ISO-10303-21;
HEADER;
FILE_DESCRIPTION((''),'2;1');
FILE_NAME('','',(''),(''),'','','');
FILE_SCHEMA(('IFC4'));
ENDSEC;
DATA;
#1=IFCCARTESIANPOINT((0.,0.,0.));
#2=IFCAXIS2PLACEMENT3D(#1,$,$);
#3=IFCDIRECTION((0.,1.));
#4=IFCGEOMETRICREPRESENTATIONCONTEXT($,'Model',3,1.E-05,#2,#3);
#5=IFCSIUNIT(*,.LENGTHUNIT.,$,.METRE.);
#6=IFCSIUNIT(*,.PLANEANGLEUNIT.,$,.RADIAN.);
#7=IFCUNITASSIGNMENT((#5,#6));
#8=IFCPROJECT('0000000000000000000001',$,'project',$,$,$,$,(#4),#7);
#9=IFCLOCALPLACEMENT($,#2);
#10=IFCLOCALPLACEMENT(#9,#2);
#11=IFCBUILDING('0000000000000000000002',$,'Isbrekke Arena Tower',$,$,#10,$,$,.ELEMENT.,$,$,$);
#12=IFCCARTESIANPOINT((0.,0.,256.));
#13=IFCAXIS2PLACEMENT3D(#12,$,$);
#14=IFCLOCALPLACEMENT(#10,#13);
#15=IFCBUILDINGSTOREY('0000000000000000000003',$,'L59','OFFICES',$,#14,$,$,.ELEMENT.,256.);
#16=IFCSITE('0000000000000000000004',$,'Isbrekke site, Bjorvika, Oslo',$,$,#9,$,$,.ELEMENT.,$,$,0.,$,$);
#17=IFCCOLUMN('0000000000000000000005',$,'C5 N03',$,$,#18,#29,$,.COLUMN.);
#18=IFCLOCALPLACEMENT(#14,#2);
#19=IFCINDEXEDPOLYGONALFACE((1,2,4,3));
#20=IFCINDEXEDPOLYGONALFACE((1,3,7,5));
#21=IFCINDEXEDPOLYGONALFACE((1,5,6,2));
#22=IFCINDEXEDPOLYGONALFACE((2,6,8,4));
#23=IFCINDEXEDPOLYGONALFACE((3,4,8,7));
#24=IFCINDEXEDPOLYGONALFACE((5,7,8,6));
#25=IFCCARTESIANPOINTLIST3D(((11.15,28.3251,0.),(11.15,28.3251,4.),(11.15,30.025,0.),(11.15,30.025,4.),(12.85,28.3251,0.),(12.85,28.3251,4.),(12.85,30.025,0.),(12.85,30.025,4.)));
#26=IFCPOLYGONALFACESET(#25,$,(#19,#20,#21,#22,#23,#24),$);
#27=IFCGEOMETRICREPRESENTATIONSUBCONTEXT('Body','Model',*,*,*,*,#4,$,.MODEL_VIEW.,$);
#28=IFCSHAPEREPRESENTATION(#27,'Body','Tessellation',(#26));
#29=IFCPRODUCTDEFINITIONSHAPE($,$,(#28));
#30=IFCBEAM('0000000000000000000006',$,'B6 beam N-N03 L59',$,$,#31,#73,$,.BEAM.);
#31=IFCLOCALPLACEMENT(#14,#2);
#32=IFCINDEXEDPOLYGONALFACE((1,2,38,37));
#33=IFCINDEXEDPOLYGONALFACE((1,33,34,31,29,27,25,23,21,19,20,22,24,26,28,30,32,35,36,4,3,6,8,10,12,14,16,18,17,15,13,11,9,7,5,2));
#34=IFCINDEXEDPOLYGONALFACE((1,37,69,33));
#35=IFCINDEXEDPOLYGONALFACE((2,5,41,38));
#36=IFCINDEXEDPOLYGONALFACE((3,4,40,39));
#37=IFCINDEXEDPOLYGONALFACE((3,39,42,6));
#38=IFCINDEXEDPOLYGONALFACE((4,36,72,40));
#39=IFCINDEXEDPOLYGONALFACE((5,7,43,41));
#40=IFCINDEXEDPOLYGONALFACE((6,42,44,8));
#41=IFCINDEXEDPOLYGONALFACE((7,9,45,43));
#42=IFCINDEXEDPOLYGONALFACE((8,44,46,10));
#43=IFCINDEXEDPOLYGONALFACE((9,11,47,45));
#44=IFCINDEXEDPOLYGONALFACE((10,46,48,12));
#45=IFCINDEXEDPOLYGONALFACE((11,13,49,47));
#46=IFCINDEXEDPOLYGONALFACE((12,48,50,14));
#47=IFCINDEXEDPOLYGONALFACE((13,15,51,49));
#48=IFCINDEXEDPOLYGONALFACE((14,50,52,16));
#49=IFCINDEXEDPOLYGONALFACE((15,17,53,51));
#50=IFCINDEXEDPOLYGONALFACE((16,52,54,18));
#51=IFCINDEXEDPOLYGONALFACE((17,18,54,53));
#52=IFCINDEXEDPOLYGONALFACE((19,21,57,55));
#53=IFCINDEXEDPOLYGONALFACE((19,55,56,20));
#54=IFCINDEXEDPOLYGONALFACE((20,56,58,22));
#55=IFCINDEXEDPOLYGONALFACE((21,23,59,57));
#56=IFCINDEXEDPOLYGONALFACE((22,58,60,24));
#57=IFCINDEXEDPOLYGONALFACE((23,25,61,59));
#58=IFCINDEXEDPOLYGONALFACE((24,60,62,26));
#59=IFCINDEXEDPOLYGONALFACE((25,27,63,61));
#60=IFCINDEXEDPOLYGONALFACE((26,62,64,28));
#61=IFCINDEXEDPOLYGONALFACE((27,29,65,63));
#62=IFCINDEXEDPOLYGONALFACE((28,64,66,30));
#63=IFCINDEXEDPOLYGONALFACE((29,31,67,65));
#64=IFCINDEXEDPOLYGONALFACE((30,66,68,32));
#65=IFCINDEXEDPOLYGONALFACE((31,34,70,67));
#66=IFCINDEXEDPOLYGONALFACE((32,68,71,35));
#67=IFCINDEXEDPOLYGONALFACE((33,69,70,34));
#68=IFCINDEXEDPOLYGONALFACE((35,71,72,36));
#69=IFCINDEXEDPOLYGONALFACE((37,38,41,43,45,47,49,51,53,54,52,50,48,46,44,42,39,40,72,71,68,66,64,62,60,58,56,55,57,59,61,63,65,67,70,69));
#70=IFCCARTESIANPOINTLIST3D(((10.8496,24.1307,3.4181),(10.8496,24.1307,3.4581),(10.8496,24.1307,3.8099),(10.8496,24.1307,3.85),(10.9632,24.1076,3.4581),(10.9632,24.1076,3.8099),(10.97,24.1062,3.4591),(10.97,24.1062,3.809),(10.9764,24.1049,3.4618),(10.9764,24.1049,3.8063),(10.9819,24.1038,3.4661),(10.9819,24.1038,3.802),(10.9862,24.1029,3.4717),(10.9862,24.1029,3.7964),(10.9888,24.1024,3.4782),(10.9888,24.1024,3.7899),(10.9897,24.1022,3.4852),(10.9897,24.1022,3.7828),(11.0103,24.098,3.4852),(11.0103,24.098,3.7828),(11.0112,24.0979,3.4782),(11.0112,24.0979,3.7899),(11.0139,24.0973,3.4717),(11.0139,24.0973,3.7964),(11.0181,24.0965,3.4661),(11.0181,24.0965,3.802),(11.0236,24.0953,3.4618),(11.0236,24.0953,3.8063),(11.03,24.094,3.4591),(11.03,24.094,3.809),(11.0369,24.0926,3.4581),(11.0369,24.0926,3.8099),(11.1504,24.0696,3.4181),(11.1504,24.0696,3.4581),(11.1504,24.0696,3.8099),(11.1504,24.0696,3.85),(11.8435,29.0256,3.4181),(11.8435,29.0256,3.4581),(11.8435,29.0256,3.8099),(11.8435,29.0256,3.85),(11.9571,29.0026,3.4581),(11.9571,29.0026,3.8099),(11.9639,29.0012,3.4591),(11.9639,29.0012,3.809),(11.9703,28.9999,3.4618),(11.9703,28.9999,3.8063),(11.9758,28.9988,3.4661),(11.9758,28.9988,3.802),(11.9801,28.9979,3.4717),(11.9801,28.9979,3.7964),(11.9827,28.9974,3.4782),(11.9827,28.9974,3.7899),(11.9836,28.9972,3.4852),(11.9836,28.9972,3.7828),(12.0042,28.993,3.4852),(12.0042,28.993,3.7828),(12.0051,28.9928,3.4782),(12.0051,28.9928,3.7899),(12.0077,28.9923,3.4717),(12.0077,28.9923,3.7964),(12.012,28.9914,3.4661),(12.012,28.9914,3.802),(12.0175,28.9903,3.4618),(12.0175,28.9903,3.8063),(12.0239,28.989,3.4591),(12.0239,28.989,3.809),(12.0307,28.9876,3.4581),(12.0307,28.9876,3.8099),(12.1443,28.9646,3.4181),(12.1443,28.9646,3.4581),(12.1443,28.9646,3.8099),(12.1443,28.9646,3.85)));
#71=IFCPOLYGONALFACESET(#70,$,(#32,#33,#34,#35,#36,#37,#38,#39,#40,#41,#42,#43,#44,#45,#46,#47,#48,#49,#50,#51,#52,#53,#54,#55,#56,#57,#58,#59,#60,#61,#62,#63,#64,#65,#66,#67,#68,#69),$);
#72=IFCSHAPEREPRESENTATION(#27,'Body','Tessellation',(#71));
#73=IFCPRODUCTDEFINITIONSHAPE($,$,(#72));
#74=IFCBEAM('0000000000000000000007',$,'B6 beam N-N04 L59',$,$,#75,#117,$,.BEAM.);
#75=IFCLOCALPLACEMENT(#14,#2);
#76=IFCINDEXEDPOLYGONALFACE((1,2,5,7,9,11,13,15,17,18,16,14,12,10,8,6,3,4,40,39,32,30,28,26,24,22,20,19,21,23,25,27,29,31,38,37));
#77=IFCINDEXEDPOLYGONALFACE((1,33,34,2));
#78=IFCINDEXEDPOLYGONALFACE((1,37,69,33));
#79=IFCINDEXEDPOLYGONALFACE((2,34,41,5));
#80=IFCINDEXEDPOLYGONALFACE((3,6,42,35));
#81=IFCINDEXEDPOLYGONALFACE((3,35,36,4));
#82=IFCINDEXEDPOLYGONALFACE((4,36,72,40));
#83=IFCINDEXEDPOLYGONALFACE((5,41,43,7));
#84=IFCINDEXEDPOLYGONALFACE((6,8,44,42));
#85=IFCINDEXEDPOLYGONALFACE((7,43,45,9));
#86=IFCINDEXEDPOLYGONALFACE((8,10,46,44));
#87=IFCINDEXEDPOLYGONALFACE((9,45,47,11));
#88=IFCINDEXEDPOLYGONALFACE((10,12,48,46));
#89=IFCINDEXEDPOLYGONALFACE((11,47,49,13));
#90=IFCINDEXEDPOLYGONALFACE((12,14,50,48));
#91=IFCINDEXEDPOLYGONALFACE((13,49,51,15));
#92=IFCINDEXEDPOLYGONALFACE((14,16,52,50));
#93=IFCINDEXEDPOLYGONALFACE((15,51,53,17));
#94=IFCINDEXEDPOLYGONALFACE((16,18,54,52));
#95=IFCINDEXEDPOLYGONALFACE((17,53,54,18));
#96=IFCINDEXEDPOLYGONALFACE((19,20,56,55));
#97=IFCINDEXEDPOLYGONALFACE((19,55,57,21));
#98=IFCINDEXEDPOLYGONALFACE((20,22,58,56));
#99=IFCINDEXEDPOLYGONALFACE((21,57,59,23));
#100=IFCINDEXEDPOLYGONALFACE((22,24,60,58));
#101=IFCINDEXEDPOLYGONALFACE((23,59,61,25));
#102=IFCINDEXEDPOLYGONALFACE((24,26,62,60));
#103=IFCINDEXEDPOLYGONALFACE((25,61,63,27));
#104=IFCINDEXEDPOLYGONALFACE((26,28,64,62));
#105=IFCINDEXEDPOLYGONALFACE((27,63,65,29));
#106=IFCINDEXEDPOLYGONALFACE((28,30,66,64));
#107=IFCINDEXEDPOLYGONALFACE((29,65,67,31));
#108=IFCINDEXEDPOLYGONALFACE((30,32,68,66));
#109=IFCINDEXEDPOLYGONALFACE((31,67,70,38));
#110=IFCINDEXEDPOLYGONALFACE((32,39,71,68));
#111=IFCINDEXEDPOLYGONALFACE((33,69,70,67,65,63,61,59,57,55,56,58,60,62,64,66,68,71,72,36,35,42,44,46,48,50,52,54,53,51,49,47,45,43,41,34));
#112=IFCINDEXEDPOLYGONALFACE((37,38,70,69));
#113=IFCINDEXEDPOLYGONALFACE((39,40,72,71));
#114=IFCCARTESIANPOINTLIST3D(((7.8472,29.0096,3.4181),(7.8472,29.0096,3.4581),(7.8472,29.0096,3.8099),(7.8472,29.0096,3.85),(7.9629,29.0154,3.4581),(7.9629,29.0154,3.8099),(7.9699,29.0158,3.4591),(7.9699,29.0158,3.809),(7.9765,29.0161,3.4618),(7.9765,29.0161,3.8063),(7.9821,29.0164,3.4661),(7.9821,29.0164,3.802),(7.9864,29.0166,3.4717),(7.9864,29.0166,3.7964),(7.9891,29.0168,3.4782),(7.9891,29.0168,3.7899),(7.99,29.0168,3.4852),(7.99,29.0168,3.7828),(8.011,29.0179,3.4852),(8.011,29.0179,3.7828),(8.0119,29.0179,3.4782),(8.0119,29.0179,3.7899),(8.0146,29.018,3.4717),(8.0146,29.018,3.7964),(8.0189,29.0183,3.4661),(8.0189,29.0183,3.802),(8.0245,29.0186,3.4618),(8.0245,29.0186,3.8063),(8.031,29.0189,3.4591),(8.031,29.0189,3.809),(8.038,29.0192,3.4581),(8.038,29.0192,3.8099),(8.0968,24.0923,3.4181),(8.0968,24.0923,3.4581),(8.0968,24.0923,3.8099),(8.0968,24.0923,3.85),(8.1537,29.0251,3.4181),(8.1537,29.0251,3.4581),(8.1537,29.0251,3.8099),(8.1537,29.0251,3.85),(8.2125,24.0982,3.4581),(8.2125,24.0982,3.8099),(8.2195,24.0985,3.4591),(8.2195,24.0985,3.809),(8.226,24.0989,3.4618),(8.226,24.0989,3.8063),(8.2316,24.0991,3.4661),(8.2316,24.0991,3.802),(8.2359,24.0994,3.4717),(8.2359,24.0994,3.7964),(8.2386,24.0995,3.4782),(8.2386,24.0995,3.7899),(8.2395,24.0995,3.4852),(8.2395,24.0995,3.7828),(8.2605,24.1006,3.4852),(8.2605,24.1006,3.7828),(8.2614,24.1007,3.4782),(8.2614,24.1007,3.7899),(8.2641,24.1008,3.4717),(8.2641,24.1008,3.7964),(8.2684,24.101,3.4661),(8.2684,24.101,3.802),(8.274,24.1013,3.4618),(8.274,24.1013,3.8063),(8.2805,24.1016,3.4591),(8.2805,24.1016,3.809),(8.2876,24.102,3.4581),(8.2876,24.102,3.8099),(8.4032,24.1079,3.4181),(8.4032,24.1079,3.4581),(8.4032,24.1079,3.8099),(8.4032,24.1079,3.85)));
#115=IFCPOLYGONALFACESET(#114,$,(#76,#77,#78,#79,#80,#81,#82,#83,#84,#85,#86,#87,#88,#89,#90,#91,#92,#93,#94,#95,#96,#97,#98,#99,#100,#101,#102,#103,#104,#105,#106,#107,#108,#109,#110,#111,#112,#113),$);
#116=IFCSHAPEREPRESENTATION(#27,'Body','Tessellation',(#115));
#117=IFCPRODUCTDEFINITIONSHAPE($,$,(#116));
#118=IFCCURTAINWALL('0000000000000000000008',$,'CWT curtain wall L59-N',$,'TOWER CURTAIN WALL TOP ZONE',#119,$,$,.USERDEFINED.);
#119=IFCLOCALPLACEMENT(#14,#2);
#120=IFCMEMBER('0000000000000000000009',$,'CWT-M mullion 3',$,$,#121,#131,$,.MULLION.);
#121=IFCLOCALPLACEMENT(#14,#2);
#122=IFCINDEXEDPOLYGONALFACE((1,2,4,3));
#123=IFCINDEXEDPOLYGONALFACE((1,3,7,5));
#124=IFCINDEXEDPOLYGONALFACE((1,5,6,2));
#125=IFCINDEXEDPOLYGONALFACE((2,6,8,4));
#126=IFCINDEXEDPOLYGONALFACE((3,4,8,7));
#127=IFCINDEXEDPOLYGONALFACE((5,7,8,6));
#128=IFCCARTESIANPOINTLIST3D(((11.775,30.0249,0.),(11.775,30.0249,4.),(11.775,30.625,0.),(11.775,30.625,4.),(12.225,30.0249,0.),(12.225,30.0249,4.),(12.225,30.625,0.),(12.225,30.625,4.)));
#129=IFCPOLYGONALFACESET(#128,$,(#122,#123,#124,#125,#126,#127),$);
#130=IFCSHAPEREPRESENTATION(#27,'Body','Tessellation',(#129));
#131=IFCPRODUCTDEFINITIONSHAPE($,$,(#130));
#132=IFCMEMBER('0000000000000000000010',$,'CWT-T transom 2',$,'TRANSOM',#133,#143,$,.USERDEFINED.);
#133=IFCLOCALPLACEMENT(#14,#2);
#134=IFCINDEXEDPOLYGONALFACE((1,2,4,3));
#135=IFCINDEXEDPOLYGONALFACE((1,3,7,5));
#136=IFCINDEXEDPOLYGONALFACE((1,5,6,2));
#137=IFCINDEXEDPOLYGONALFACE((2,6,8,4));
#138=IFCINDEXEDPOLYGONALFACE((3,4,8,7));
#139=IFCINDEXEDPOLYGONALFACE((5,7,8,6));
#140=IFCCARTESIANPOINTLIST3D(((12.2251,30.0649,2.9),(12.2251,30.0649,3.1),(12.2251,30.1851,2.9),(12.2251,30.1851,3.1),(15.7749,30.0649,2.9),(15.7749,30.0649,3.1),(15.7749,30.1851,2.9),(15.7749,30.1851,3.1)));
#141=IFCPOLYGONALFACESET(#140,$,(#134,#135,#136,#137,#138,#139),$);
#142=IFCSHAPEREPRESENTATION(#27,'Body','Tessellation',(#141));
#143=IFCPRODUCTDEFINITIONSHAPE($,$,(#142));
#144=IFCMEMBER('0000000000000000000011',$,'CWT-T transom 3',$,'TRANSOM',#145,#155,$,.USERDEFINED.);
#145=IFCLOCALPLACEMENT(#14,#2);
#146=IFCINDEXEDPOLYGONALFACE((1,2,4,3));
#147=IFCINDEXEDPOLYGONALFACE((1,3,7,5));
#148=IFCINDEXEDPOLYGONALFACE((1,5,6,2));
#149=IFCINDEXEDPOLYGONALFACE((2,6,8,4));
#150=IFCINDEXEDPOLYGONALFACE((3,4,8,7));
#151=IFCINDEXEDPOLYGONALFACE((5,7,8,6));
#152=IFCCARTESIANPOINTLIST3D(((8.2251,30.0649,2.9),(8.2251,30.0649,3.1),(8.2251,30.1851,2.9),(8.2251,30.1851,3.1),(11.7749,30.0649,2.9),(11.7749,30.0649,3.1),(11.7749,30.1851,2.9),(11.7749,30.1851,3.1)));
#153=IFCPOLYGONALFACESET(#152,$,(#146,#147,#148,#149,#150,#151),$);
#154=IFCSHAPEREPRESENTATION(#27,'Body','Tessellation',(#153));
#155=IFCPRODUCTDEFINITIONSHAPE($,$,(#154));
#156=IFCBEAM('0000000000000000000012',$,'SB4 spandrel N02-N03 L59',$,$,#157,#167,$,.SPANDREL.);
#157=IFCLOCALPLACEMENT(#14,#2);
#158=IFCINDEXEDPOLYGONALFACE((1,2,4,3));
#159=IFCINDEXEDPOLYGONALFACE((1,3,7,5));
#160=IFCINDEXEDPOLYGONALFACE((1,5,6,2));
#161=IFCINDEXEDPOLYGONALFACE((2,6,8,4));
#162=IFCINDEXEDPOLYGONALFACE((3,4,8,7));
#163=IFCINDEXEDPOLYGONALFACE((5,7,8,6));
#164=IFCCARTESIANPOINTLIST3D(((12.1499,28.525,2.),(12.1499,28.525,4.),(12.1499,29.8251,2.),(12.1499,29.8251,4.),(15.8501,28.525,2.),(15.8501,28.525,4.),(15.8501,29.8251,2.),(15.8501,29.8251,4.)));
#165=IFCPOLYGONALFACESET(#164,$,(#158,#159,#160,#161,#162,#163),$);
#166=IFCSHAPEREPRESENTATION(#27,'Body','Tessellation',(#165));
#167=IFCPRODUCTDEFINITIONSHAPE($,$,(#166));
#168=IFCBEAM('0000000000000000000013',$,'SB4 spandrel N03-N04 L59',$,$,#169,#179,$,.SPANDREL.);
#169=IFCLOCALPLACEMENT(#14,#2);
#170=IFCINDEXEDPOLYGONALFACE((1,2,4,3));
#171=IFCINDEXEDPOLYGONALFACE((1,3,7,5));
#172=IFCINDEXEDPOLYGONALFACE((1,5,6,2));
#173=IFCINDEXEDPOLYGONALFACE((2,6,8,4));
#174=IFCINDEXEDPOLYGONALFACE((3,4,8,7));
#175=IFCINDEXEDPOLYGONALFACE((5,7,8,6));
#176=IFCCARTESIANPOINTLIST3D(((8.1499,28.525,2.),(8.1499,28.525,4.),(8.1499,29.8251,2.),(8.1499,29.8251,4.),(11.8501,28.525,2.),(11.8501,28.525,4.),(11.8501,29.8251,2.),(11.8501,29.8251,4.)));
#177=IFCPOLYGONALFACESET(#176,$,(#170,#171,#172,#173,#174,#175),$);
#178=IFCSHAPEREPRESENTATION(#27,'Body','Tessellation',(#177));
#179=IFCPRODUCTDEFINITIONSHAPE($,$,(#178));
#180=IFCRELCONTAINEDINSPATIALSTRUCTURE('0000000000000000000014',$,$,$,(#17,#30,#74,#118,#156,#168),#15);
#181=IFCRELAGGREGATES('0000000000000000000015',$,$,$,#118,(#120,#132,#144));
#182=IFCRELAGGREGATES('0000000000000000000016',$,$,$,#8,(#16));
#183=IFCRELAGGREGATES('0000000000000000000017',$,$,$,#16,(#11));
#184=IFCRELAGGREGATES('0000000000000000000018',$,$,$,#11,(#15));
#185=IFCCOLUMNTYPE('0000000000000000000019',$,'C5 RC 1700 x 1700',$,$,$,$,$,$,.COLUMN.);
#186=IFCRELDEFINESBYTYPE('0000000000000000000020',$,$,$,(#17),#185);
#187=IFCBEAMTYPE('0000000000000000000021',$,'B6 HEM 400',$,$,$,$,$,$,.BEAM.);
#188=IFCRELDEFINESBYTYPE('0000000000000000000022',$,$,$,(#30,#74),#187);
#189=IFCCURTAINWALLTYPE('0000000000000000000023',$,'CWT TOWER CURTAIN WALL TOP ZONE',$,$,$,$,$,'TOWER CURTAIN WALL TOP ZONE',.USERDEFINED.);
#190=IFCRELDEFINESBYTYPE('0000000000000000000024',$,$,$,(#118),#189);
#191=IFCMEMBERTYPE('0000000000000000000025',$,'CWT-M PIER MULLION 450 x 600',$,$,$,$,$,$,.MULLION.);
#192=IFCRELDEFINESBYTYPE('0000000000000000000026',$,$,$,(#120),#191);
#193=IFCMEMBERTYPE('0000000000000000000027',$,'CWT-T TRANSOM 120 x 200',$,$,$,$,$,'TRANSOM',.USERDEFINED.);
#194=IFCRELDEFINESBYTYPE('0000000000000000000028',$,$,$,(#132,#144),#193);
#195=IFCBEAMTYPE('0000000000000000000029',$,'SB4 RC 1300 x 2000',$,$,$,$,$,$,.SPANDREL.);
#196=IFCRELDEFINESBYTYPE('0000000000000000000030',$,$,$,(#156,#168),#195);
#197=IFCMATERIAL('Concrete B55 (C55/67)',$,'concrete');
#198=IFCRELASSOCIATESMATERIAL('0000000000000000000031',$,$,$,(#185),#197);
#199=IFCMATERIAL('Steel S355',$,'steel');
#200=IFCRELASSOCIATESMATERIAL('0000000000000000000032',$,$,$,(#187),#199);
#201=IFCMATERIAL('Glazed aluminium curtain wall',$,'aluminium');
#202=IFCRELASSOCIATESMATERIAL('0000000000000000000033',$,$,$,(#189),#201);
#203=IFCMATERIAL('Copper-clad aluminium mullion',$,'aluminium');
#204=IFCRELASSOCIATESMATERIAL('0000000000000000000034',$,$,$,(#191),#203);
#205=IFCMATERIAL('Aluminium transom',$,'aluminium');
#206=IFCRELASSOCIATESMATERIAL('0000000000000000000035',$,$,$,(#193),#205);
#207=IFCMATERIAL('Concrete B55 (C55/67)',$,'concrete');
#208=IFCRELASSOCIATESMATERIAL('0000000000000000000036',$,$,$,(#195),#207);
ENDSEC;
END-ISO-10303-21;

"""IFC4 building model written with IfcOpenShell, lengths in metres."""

from ifc_helpers import new_model, si_unit, direction, frame, origin, origin_2d, place, context, subcontext, project, spatial, rectangle, i_section, extrude, material, material_profile, profile_set, type_object, element, aggregate, save


model = new_model("IFC4")

# Units and contexts
model_context = context("Model", 3, precision=1e-05, world=origin(), true_north=direction((0.0, 1.0)))
body_context = subcontext(model_context, "Body", "Model", "MODEL_VIEW")
ifc_project = project(units=[si_unit("LENGTHUNIT", "METRE"), si_unit("PLANEANGLEUNIT", "RADIAN")], contexts=[model_context])

# Site, building, storey
site_placement = place(None, origin())
site = spatial("IfcSite", under=ifc_project, at=site_placement, Name="Isbrekke site, Bjorvika, Oslo", CompositionType="ELEMENT", RefElevation=0.0)
building_placement = place(site_placement, origin())
building = spatial("IfcBuilding", under=site, at=building_placement, Name="Isbrekke Arena Tower", CompositionType="ELEMENT")
storey_placement = place(building_placement, frame((0.0, 0.0, 256.0)))
storey = spatial("IfcBuildingStorey", under=building, at=storey_placement, Name="L59", Description="OFFICES", CompositionType="ELEMENT", Elevation=256.0)

# Column
ifc_material_1 = material(Name="Concrete B55 (C55/67)", Category="concrete")
ifc_material_profile_1 = material_profile(ifc_material_1, rectangle(XDim=1.7, YDim=1.7, at=origin_2d()), Name="RC 1700x1700")
ifc_profile_set_1 = profile_set([ifc_material_profile_1], Name="Concrete B55 (C55/67)")
column_type = type_object("IfcColumnType", Name="C5 RC 1700 x 1700", PredefinedType="COLUMN", material=ifc_profile_set_1)
column_placement = place(storey_placement, frame((12.0, 29.175, 0.0), z_axis=(0.0, 0.0, 1.0), x_axis=(-1.0, 0.0, 0.0)))
element("IfcColumn", 1, at=column_placement, inside=storey, type_object=column_type, Name="C5 N03", PredefinedType="COLUMN", context=body_context, shape_type="SweptSolid", body=[
    extrude(rectangle(XDim=1.7, YDim=1.7, at=origin_2d()), origin(), (0.0, 0.0, 1.0), 4.0),
])

# Beams
ifc_material_2 = material(Name="Steel S355", Category="steel")
ifc_material_profile_2 = material_profile(ifc_material_2, i_section(OverallWidth=0.3069, OverallDepth=0.4319, WebThickness=0.021, FlangeThickness=0.04, FilletRadius=0.0271, at=origin_2d()), Name="HEM 400")
ifc_profile_set_2 = profile_set([ifc_material_profile_2], Name="Steel S355")
beam_type_1 = type_object("IfcBeamType", Name="B6 HEM 400", PredefinedType="BEAM", material=ifc_profile_set_2)
beam_1_placement = place(storey_placement, frame((11.9939, 28.9951, 3.634), z_axis=(-0.198982, -0.980003, 0.0), x_axis=(0.980003, -0.198982, 0.0)))
element("IfcBeam", 2, at=beam_1_placement, inside=storey, type_object=beam_type_1, Name="B6 beam N-N03 L59", PredefinedType="BEAM", context=body_context, shape_type="SweptSolid", body=[
    extrude(i_section(OverallWidth=0.3069, OverallDepth=0.4319, WebThickness=0.021, FlangeThickness=0.04, FilletRadius=0.0271, at=origin_2d()), origin(), (0.0, 0.0, 1.0), 4.9949),
])
beam_2_placement = place(storey_placement, frame((8.0005, 29.0173, 3.634), z_axis=(0.050677, -0.998715, 0.0), x_axis=(0.998715, 0.050677, 0.0)))
element("IfcBeam", 3, at=beam_2_placement, inside=storey, type_object=beam_type_1, Name="B6 beam N-N04 L59", PredefinedType="BEAM", context=body_context, shape_type="SweptSolid", body=[
    extrude(i_section(OverallWidth=0.3069, OverallDepth=0.4319, WebThickness=0.021, FlangeThickness=0.04, FilletRadius=0.0271, at=origin_2d()), origin(), (0.0, 0.0, 1.0), 4.9236),
])

# Curtain wall, members
ifc_material_3 = material(Name="Glazed aluminium curtain wall", Category="aluminium")
curtain_wall_type = type_object("IfcCurtainWallType", Name="CWT TOWER CURTAIN WALL TOP ZONE", ElementType="TOWER CURTAIN WALL TOP ZONE", PredefinedType="USERDEFINED", material=ifc_material_3)
curtain_wall_placement = place(storey_placement, origin())
curtain_wall = element("IfcCurtainWall", 4, at=curtain_wall_placement, inside=storey, type_object=curtain_wall_type, Name="CWT curtain wall L59-N", ObjectType="TOWER CURTAIN WALL TOP ZONE", PredefinedType="USERDEFINED")
ifc_material_4 = material(Name="Copper-clad aluminium mullion", Category="aluminium")
ifc_material_profile_3 = material_profile(ifc_material_4, rectangle(XDim=0.45, YDim=0.6001, at=origin_2d()), Name="PIER 450X600")
ifc_profile_set_3 = profile_set([ifc_material_profile_3], Name="Copper-clad aluminium mullion")
member_type_1 = type_object("IfcMemberType", Name="CWT-M PIER MULLION 450 x 600", PredefinedType="MULLION", material=ifc_profile_set_3)
member_1_placement = place(storey_placement, frame((12.0, 30.325, 0.0), z_axis=(0.0, 0.0, 1.0), x_axis=(-1.0, 0.0, 0.0)))
member_1 = element("IfcMember", 5, at=member_1_placement, type_object=member_type_1, Name="CWT-M mullion 3", PredefinedType="MULLION", context=body_context, shape_type="SweptSolid", body=[
    extrude(rectangle(XDim=0.45, YDim=0.6001, at=origin_2d()), origin(), (0.0, 0.0, 1.0), 4.0),
])
ifc_material_5 = material(Name="Aluminium transom", Category="aluminium")
ifc_material_profile_4 = material_profile(ifc_material_5, rectangle(XDim=0.1201, YDim=0.2, at=origin_2d()), Name="TRANSOM 120X200")
ifc_profile_set_4 = profile_set([ifc_material_profile_4], Name="Aluminium transom")
member_type_2 = type_object("IfcMemberType", Name="CWT-T TRANSOM 120 x 200", ElementType="TRANSOM", PredefinedType="USERDEFINED", material=ifc_profile_set_4)
member_2_placement = place(storey_placement, frame((15.7749, 30.125, 3.0), z_axis=(-1.0, 0.0, 0.0), x_axis=(0.0, -1.0, 0.0)))
member_2 = element("IfcMember", 6, at=member_2_placement, type_object=member_type_2, Name="CWT-T transom 2", ObjectType="TRANSOM", PredefinedType="USERDEFINED", context=body_context, shape_type="SweptSolid", body=[
    extrude(rectangle(XDim=0.1201, YDim=0.2, at=origin_2d()), origin(), (0.0, 0.0, 1.0), 3.5498),
])
member_3_placement = place(storey_placement, frame((11.7749, 30.125, 3.0), z_axis=(-1.0, 0.0, 0.0), x_axis=(0.0, -1.0, 0.0)))
member_3 = element("IfcMember", 7, at=member_3_placement, type_object=member_type_2, Name="CWT-T transom 3", ObjectType="TRANSOM", PredefinedType="USERDEFINED", context=body_context, shape_type="SweptSolid", body=[
    extrude(rectangle(XDim=0.1201, YDim=0.2, at=origin_2d()), origin(), (0.0, 0.0, 1.0), 3.5498),
])

# Beams
ifc_material_6 = material(Name="Concrete B55 (C55/67)", Category="concrete")
ifc_material_profile_5 = material_profile(ifc_material_6, rectangle(XDim=1.3, YDim=2.0, at=origin_2d()), Name="RC 1300x2000")
ifc_profile_set_5 = profile_set([ifc_material_profile_5], Name="Concrete B55 (C55/67)")
beam_type_2 = type_object("IfcBeamType", Name="SB4 RC 1300 x 2000", PredefinedType="SPANDREL", material=ifc_profile_set_5)
for number, where, z_axis, x_axis, name in (
    (8, (15.8501, 29.175, 3.0), (-1.0, 0.0, 0.0), (0.0, -1.0, 0.0), "SB4 spandrel N02-N03 L59"),
    (9, (11.8501, 29.175, 3.0), (-1.0, 0.0, 0.0), (0.0, -1.0, 0.0), "SB4 spandrel N03-N04 L59"),
):
    element("IfcBeam", number, at=place(storey_placement, frame(where, z_axis=z_axis, x_axis=x_axis)), inside=storey, type_object=beam_type_2, Name=name, PredefinedType="SPANDREL", context=body_context, shape_type="SweptSolid", body=[
        extrude(rectangle(XDim=1.3, YDim=2.0, at=origin_2d()), origin(), (0.0, 0.0, 1.0), 3.7002),
    ])

aggregate(curtain_wall, [member_1, member_2, member_3])

save(model, "model.ifc")
